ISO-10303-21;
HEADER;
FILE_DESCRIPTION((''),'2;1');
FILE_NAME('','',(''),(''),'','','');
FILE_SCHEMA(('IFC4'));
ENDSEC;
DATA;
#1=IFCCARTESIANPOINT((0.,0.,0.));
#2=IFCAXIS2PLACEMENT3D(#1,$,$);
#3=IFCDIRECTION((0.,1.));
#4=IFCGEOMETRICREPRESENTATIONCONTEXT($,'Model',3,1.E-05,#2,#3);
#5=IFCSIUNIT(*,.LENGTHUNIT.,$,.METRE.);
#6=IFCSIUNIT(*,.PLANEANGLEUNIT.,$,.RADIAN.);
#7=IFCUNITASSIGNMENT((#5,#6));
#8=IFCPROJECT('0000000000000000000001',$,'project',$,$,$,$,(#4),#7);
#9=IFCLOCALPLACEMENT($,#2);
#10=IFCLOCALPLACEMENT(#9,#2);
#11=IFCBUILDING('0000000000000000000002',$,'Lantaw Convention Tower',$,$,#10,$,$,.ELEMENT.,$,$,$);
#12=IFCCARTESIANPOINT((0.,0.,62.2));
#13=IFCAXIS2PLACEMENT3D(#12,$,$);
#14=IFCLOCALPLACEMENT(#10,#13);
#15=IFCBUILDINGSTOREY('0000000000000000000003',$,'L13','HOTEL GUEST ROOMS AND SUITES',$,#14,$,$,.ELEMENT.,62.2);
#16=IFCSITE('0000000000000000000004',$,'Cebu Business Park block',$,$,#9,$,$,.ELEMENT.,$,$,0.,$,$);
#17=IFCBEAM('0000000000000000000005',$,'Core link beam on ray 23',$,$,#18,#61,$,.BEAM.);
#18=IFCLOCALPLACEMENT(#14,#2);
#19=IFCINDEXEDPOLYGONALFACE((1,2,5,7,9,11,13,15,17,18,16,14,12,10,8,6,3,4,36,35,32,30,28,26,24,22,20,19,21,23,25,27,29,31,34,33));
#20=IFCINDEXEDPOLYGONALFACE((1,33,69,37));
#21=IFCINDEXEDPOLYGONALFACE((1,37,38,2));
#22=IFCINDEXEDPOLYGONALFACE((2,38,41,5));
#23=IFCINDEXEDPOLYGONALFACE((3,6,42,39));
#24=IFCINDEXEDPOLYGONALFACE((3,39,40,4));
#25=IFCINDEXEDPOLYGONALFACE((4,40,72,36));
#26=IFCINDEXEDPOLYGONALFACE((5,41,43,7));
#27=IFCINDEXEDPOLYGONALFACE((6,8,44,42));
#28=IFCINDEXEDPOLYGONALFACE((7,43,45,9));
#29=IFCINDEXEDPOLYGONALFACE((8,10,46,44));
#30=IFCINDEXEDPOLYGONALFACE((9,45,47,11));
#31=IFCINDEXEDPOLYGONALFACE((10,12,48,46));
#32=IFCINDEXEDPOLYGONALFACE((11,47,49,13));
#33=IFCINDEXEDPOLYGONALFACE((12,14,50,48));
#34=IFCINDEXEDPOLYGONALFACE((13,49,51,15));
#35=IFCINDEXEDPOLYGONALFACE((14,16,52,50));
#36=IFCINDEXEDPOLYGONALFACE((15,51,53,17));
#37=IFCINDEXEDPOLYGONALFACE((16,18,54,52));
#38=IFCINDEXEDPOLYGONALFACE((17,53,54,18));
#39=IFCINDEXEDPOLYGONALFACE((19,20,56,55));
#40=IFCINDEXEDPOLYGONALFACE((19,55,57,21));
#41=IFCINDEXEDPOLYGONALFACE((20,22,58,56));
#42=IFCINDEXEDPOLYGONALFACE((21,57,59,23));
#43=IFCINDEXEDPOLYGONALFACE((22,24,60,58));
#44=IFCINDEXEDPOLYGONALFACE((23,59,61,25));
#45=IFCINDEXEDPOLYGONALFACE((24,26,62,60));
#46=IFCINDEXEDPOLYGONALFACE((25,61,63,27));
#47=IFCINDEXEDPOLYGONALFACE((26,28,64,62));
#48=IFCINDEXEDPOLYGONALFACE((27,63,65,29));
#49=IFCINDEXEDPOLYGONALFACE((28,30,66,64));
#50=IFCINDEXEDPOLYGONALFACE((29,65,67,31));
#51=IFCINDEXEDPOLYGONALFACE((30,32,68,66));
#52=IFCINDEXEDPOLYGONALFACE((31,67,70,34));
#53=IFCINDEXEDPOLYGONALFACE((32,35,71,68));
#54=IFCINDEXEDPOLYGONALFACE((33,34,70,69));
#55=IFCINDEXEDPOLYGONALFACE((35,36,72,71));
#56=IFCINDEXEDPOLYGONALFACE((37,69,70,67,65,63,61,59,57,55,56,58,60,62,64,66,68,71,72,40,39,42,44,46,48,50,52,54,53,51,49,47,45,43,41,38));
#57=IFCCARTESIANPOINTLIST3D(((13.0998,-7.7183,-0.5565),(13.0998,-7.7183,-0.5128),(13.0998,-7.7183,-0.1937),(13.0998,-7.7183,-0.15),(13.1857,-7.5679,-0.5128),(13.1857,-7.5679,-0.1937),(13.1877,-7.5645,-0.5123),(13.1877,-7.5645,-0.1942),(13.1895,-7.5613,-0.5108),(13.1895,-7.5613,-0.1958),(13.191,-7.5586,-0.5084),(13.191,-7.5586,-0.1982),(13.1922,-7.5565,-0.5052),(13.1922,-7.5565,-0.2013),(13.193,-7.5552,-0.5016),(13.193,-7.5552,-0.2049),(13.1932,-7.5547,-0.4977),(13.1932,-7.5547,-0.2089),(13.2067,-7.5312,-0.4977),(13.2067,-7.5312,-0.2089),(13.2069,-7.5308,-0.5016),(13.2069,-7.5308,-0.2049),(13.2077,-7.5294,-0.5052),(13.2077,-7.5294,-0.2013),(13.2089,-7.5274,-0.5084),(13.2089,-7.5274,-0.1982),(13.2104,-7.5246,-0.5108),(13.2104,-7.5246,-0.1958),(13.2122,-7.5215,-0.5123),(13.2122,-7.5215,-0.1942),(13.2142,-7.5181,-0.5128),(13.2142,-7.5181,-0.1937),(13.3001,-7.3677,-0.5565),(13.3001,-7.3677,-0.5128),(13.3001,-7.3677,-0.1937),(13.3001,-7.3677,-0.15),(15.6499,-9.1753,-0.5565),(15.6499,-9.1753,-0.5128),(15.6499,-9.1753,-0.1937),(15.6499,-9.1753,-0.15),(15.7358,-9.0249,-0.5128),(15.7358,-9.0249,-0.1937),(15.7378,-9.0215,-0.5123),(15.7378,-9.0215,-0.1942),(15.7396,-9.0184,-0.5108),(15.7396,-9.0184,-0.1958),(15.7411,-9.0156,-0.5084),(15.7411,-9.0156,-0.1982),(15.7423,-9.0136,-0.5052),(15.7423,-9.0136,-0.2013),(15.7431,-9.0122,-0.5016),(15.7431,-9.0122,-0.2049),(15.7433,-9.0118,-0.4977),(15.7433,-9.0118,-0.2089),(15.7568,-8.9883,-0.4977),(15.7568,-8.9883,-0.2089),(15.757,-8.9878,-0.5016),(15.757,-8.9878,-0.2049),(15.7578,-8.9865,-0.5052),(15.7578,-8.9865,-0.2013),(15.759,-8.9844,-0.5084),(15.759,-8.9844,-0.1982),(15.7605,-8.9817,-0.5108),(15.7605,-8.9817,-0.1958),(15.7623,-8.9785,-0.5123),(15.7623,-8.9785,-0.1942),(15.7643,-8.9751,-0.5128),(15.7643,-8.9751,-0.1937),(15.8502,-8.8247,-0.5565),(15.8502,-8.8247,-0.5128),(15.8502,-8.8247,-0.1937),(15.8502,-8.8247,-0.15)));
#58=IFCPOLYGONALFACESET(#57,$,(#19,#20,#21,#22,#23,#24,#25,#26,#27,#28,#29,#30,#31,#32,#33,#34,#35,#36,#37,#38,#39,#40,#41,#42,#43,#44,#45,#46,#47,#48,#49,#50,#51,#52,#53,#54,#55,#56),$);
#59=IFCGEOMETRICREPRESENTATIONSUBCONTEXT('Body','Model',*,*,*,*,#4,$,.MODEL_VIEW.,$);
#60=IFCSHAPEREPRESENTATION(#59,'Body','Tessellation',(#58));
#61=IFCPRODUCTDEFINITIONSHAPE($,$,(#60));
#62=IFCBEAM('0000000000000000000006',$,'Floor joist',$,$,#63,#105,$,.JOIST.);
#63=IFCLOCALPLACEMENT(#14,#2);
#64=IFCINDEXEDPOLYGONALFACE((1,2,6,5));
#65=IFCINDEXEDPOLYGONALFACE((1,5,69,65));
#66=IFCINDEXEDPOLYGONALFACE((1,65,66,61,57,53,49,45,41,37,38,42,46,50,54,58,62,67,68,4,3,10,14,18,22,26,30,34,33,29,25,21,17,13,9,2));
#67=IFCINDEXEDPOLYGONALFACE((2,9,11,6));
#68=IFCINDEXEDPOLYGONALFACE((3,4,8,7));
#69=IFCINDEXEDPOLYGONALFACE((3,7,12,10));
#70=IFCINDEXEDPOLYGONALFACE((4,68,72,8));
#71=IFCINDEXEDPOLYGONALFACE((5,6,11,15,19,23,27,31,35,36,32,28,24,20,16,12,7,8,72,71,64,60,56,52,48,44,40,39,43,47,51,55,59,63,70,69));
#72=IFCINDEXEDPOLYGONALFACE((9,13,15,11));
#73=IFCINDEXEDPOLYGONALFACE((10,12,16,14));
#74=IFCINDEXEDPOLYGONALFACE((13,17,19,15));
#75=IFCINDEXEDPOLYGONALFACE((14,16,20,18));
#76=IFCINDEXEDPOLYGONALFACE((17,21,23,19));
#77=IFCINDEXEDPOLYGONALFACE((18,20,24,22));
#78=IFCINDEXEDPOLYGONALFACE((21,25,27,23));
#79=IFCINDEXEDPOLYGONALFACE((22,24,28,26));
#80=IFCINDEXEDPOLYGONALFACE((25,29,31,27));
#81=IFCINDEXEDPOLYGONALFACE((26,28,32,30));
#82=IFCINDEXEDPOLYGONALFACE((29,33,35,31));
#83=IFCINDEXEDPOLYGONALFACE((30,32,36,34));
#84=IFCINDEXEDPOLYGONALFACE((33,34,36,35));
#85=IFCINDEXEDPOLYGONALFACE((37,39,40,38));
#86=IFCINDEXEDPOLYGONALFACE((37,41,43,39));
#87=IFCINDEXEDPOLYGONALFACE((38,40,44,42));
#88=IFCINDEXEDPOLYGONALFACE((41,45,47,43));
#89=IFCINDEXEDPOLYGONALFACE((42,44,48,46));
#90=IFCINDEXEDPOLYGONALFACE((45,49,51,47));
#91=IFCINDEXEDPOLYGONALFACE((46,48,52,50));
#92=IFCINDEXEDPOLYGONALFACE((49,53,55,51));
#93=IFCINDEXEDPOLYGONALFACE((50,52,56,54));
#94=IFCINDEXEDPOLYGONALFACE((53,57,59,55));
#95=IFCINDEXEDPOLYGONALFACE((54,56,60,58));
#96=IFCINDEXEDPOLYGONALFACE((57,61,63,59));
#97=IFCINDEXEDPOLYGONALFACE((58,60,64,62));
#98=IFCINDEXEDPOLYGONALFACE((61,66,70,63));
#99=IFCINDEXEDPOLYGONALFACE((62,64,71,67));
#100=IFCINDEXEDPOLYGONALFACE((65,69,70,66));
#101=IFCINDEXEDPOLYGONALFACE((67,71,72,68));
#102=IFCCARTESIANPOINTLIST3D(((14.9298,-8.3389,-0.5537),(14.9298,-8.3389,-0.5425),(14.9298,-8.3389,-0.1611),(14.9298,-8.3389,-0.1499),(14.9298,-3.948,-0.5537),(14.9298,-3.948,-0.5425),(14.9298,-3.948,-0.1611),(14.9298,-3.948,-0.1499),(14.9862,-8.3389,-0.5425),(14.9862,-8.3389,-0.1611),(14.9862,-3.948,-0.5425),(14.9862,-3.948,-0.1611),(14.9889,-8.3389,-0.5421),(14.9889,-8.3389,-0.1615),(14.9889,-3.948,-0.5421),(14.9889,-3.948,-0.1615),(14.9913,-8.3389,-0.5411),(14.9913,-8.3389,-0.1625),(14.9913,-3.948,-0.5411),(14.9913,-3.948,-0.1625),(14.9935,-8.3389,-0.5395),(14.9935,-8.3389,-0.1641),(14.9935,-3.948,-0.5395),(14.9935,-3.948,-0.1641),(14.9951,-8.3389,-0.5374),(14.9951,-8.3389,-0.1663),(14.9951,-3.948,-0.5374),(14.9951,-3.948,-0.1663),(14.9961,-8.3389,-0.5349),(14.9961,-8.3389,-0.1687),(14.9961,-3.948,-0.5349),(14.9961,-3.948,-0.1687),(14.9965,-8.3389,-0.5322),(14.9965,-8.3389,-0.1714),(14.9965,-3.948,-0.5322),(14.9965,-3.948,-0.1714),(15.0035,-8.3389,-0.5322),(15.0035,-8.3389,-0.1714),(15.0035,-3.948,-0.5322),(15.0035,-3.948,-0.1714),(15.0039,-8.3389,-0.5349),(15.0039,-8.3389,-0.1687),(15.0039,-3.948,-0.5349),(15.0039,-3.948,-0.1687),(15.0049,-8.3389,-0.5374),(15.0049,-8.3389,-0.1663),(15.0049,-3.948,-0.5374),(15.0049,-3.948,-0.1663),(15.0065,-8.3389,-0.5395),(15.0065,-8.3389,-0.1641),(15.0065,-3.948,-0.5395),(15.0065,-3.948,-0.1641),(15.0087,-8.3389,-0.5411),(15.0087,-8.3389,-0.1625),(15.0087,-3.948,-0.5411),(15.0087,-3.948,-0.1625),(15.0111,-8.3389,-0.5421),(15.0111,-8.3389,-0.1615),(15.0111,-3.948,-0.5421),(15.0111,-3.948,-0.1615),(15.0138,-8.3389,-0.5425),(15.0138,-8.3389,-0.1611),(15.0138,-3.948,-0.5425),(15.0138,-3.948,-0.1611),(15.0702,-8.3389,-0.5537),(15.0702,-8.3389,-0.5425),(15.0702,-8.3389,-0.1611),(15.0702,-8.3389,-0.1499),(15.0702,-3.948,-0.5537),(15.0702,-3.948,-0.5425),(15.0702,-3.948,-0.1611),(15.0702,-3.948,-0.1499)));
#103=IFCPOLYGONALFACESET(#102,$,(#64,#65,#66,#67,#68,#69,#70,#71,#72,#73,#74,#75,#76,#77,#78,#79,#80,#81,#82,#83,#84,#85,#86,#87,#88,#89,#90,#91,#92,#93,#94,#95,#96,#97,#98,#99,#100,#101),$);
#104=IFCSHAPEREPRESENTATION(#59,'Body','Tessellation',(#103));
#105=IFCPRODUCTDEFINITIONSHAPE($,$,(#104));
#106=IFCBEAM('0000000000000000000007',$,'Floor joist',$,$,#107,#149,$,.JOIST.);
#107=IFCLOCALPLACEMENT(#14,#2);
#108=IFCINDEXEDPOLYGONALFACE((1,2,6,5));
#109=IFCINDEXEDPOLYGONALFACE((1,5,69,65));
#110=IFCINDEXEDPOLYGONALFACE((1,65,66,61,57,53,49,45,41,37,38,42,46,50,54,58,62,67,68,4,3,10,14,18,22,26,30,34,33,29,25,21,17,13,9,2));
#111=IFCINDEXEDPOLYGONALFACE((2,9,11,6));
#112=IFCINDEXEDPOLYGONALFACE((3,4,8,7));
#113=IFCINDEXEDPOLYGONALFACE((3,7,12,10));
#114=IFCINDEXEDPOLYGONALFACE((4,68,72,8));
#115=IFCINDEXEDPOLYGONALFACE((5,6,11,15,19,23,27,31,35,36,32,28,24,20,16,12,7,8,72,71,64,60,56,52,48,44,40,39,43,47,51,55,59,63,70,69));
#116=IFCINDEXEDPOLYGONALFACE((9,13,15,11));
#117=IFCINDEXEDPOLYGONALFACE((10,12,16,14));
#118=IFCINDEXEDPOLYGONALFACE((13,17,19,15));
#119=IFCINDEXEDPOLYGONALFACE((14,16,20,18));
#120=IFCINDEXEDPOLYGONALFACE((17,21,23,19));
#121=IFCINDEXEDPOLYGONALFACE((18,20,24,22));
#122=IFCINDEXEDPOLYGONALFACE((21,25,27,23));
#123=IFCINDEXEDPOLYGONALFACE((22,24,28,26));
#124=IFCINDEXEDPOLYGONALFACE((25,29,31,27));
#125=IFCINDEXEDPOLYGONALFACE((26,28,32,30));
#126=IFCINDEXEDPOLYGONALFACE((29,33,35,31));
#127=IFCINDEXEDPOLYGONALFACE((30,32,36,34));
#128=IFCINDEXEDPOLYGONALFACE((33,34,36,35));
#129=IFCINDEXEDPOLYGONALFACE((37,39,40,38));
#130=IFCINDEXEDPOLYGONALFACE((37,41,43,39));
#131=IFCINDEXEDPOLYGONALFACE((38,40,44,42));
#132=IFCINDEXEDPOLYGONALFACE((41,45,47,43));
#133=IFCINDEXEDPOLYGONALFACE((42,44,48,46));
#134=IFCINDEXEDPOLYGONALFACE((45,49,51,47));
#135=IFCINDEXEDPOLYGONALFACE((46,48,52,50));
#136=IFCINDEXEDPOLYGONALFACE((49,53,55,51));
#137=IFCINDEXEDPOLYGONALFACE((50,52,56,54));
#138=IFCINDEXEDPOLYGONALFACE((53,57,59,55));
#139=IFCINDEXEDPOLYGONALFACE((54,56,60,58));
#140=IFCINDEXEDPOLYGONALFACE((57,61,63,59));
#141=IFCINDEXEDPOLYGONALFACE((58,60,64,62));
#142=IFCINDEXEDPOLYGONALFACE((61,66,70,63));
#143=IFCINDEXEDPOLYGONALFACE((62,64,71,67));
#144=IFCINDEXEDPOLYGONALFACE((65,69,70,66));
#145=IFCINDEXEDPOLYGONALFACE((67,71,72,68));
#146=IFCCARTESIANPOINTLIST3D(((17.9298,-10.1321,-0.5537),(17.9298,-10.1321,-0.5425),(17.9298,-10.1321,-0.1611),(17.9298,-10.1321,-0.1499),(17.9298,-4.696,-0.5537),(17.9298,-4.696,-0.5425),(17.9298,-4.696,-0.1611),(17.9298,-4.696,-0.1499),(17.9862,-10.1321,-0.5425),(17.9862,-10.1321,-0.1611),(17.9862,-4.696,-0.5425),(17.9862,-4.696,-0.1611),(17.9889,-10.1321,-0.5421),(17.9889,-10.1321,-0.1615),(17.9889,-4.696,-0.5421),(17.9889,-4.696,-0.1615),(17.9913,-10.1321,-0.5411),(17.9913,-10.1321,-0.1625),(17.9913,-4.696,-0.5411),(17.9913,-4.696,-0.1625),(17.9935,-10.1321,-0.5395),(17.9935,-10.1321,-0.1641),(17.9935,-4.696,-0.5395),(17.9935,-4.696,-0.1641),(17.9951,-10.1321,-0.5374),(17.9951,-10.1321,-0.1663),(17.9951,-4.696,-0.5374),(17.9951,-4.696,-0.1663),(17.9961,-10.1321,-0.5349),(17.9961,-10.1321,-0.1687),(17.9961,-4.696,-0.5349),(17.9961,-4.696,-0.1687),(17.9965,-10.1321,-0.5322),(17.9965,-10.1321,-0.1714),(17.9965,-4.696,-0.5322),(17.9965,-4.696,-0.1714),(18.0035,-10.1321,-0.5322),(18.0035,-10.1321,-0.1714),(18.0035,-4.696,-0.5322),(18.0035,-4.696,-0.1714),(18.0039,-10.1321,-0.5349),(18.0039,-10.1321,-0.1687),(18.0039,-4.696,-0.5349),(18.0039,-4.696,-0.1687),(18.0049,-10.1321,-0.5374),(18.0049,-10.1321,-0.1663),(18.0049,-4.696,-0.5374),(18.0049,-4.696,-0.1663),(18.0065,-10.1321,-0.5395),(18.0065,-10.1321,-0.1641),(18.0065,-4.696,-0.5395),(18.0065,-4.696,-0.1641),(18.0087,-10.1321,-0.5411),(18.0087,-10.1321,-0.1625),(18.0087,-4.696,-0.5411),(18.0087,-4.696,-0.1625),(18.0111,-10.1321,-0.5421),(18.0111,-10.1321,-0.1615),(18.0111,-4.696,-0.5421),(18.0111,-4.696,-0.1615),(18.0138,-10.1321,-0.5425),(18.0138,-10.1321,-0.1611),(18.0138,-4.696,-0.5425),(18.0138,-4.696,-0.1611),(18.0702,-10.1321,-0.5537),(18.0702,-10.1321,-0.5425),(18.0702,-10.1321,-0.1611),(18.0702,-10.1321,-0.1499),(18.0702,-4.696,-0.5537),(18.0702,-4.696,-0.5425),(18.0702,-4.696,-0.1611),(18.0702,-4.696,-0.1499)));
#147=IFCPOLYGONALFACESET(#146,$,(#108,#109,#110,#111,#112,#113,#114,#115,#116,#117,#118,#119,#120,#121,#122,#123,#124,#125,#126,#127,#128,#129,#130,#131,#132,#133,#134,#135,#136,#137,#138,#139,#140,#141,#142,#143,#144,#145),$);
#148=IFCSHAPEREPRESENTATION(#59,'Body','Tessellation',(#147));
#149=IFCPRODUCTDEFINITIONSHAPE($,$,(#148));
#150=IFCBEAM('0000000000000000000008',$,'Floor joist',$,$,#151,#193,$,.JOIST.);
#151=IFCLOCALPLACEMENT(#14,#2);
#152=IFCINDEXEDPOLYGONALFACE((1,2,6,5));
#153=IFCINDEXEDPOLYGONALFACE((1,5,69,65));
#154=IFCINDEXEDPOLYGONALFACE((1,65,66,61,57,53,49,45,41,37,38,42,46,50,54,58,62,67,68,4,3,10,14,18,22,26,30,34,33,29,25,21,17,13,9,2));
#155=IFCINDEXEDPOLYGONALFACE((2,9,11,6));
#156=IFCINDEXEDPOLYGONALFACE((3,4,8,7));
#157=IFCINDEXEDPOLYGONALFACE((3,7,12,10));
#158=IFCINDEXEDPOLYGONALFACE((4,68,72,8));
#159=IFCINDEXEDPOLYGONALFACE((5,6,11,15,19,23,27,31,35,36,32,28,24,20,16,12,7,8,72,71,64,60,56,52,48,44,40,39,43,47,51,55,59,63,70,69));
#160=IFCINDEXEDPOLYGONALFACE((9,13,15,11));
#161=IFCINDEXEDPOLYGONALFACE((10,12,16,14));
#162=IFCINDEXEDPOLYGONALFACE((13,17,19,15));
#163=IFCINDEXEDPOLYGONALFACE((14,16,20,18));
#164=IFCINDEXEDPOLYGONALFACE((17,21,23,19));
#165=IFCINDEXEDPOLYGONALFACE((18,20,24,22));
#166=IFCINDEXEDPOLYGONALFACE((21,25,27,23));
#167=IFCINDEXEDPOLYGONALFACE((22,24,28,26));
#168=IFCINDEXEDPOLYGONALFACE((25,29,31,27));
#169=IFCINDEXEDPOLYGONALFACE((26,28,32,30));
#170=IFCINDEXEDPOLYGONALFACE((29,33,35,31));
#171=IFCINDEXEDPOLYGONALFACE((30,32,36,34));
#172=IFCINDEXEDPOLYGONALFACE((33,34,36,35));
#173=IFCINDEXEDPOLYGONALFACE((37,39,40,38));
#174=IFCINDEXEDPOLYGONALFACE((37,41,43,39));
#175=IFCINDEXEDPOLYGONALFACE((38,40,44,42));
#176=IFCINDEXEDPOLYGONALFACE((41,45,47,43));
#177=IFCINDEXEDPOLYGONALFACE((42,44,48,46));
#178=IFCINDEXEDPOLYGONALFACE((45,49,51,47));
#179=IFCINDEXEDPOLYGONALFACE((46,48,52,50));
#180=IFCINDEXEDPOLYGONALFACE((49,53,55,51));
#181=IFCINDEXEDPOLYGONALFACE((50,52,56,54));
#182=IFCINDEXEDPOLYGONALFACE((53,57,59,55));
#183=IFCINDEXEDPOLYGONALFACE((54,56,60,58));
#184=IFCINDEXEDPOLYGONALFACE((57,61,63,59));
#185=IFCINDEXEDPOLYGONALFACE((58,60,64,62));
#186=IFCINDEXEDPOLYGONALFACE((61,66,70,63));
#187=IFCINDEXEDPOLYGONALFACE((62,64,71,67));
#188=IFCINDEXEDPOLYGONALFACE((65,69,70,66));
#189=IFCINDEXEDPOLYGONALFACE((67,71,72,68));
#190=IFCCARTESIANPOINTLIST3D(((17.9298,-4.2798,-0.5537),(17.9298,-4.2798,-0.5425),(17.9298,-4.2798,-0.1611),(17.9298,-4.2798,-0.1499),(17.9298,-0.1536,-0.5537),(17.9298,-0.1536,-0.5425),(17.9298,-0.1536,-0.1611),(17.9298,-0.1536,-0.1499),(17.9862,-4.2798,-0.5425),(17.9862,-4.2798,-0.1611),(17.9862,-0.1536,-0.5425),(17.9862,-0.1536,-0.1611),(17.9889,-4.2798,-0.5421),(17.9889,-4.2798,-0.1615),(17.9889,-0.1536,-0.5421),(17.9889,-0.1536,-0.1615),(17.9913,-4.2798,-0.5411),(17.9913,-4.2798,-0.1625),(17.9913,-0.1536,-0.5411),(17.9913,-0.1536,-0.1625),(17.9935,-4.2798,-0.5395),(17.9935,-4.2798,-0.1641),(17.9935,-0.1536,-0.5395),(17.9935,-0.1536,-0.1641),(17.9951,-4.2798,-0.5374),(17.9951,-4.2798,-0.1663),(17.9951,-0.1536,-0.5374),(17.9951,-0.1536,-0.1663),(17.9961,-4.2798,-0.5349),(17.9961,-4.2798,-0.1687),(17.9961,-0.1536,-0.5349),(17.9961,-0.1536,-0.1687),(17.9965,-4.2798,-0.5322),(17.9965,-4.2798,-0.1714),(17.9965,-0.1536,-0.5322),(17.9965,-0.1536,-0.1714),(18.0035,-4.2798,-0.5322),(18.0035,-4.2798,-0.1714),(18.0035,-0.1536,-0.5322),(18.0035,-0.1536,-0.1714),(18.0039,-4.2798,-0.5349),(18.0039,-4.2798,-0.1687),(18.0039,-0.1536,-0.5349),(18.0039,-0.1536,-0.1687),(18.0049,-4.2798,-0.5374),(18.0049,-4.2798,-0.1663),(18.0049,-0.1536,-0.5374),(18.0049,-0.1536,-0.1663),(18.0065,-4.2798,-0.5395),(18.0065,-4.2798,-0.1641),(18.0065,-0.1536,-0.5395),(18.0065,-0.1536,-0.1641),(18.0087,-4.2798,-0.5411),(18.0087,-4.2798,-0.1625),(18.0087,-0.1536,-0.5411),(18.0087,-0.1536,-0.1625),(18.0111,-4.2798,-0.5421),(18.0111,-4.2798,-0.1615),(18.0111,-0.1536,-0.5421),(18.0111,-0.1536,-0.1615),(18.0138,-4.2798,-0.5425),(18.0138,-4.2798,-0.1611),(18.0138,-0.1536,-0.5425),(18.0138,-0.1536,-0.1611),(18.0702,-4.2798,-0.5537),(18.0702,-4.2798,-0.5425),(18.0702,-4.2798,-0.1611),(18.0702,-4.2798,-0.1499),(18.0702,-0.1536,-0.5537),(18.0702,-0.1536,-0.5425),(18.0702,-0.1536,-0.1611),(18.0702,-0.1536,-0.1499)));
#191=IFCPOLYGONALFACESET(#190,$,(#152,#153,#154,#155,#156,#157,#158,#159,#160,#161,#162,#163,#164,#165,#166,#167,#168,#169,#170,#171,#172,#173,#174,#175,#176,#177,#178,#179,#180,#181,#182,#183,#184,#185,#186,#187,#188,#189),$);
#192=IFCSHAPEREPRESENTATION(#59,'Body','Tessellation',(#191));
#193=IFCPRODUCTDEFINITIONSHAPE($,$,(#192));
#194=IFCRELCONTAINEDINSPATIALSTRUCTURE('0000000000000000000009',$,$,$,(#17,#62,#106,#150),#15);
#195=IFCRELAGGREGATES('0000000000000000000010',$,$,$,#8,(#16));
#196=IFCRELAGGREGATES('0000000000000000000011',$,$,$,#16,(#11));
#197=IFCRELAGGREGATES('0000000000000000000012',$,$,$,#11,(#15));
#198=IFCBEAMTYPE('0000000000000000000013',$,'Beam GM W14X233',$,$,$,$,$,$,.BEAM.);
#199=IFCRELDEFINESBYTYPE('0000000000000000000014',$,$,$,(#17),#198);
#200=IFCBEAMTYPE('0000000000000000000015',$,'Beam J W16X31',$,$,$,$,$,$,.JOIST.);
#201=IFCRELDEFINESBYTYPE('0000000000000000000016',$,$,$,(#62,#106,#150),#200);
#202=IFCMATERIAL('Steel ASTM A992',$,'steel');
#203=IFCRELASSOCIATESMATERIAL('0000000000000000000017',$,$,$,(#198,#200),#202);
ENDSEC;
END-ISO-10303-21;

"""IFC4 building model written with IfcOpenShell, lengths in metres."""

from ifc_helpers import new_model, si_unit, direction, frame, origin, origin_2d, place, context, subcontext, project, spatial, i_section, extrude, material, material_profile, profile_set, type_object, element, save


model = new_model("IFC4")

# Units and contexts
model_context = context("Model", 3, precision=1e-05, world=origin(), true_north=direction((0.0, 1.0)))
body_context = subcontext(model_context, "Body", "Model", "MODEL_VIEW")
ifc_project = project(units=[si_unit("LENGTHUNIT", "METRE"), si_unit("PLANEANGLEUNIT", "RADIAN")], contexts=[model_context])

# Site, building, storey
site_placement = place(None, origin())
site = spatial("IfcSite", under=ifc_project, at=site_placement, Name="Cebu Business Park block", CompositionType="ELEMENT", RefElevation=0.0)
building_placement = place(site_placement, origin())
building = spatial("IfcBuilding", under=site, at=building_placement, Name="Lantaw Convention Tower", CompositionType="ELEMENT")
storey_placement = place(building_placement, frame((0.0, 0.0, 62.2)))
storey = spatial("IfcBuildingStorey", under=building, at=storey_placement, Name="L13", Description="HOTEL GUEST ROOMS AND SUITES", CompositionType="ELEMENT", Elevation=62.2)

# Beams
ifc_material_1 = material(Name="Steel ASTM A992", Category="steel")
ifc_material_profile_1 = material_profile(ifc_material_1, i_section(OverallWidth=0.4038, OverallDepth=0.4065, WebThickness=0.0271, FlangeThickness=0.0437, FilletRadius=0.0151, at=origin_2d()), Name="W14X233")
ifc_profile_set_1 = profile_set([ifc_material_profile_1], Name="Steel ASTM A992")
beam_type_1 = type_object("IfcBeamType", Name="Beam GM W14X233", PredefinedType="BEAM", material=ifc_profile_set_1)
beam_1_placement = place(storey_placement, frame((13.2, -7.543, -0.3533), z_axis=(0.868264, -0.496103, 0.0), x_axis=(0.496103, 0.868264, 0.0)))
element("IfcBeam", 1, at=beam_1_placement, inside=storey, type_object=beam_type_1, Name="Core link beam on ray 23", PredefinedType="BEAM", context=body_context, shape_type="SweptSolid", body=[
    extrude(i_section(OverallWidth=0.4038, OverallDepth=0.4065, WebThickness=0.0271, FlangeThickness=0.0437, FilletRadius=0.0151, at=origin_2d()), origin(), (0.0, 0.0, 1.0), 2.937),
])
ifc_material_profile_2 = material_profile(ifc_material_1, i_section(OverallWidth=0.1404, OverallDepth=0.4038, WebThickness=0.0071, FlangeThickness=0.0112, FilletRadius=0.0103, at=origin_2d()), Name="W16X31")
ifc_profile_set_2 = profile_set([ifc_material_profile_2], Name="Steel ASTM A992")
beam_type_2 = type_object("IfcBeamType", Name="Beam J W16X31", PredefinedType="JOIST", material=ifc_profile_set_2)
beam_2_placement = place(storey_placement, frame((15.0, -8.3389, -0.3518), z_axis=(0.0, 1.0, 0.0), x_axis=(-1.0, 0.0, 0.0)))
element("IfcBeam", 2, at=beam_2_placement, inside=storey, type_object=beam_type_2, Name="Floor joist", PredefinedType="JOIST", context=body_context, shape_type="SweptSolid", body=[
    extrude(i_section(OverallWidth=0.1404, OverallDepth=0.4038, WebThickness=0.0071, FlangeThickness=0.0112, FilletRadius=0.0103, at=origin_2d()), origin(), (0.0, 0.0, 1.0), 4.3909),
])
beam_3_placement = place(storey_placement, frame((18.0, -10.1321, -0.3518), z_axis=(0.0, 1.0, 0.0), x_axis=(-1.0, 0.0, 0.0)))
element("IfcBeam", 3, at=beam_3_placement, inside=storey, type_object=beam_type_2, Name="Floor joist", PredefinedType="JOIST", context=body_context, shape_type="SweptSolid", body=[
    extrude(i_section(OverallWidth=0.1404, OverallDepth=0.4038, WebThickness=0.0071, FlangeThickness=0.0112, FilletRadius=0.0103, at=origin_2d()), origin(), (0.0, 0.0, 1.0), 5.436),
])
beam_4_placement = place(storey_placement, frame((18.0, -4.2798, -0.3518), z_axis=(0.0, 1.0, 0.0), x_axis=(-1.0, 0.0, 0.0)))
element("IfcBeam", 4, at=beam_4_placement, inside=storey, type_object=beam_type_2, Name="Floor joist", PredefinedType="JOIST", context=body_context, shape_type="SweptSolid", body=[
    extrude(i_section(OverallWidth=0.1404, OverallDepth=0.4038, WebThickness=0.0071, FlangeThickness=0.0112, FilletRadius=0.0103, at=origin_2d()), origin(), (0.0, 0.0, 1.0), 4.1262),
])

save(model, "model.ifc")
